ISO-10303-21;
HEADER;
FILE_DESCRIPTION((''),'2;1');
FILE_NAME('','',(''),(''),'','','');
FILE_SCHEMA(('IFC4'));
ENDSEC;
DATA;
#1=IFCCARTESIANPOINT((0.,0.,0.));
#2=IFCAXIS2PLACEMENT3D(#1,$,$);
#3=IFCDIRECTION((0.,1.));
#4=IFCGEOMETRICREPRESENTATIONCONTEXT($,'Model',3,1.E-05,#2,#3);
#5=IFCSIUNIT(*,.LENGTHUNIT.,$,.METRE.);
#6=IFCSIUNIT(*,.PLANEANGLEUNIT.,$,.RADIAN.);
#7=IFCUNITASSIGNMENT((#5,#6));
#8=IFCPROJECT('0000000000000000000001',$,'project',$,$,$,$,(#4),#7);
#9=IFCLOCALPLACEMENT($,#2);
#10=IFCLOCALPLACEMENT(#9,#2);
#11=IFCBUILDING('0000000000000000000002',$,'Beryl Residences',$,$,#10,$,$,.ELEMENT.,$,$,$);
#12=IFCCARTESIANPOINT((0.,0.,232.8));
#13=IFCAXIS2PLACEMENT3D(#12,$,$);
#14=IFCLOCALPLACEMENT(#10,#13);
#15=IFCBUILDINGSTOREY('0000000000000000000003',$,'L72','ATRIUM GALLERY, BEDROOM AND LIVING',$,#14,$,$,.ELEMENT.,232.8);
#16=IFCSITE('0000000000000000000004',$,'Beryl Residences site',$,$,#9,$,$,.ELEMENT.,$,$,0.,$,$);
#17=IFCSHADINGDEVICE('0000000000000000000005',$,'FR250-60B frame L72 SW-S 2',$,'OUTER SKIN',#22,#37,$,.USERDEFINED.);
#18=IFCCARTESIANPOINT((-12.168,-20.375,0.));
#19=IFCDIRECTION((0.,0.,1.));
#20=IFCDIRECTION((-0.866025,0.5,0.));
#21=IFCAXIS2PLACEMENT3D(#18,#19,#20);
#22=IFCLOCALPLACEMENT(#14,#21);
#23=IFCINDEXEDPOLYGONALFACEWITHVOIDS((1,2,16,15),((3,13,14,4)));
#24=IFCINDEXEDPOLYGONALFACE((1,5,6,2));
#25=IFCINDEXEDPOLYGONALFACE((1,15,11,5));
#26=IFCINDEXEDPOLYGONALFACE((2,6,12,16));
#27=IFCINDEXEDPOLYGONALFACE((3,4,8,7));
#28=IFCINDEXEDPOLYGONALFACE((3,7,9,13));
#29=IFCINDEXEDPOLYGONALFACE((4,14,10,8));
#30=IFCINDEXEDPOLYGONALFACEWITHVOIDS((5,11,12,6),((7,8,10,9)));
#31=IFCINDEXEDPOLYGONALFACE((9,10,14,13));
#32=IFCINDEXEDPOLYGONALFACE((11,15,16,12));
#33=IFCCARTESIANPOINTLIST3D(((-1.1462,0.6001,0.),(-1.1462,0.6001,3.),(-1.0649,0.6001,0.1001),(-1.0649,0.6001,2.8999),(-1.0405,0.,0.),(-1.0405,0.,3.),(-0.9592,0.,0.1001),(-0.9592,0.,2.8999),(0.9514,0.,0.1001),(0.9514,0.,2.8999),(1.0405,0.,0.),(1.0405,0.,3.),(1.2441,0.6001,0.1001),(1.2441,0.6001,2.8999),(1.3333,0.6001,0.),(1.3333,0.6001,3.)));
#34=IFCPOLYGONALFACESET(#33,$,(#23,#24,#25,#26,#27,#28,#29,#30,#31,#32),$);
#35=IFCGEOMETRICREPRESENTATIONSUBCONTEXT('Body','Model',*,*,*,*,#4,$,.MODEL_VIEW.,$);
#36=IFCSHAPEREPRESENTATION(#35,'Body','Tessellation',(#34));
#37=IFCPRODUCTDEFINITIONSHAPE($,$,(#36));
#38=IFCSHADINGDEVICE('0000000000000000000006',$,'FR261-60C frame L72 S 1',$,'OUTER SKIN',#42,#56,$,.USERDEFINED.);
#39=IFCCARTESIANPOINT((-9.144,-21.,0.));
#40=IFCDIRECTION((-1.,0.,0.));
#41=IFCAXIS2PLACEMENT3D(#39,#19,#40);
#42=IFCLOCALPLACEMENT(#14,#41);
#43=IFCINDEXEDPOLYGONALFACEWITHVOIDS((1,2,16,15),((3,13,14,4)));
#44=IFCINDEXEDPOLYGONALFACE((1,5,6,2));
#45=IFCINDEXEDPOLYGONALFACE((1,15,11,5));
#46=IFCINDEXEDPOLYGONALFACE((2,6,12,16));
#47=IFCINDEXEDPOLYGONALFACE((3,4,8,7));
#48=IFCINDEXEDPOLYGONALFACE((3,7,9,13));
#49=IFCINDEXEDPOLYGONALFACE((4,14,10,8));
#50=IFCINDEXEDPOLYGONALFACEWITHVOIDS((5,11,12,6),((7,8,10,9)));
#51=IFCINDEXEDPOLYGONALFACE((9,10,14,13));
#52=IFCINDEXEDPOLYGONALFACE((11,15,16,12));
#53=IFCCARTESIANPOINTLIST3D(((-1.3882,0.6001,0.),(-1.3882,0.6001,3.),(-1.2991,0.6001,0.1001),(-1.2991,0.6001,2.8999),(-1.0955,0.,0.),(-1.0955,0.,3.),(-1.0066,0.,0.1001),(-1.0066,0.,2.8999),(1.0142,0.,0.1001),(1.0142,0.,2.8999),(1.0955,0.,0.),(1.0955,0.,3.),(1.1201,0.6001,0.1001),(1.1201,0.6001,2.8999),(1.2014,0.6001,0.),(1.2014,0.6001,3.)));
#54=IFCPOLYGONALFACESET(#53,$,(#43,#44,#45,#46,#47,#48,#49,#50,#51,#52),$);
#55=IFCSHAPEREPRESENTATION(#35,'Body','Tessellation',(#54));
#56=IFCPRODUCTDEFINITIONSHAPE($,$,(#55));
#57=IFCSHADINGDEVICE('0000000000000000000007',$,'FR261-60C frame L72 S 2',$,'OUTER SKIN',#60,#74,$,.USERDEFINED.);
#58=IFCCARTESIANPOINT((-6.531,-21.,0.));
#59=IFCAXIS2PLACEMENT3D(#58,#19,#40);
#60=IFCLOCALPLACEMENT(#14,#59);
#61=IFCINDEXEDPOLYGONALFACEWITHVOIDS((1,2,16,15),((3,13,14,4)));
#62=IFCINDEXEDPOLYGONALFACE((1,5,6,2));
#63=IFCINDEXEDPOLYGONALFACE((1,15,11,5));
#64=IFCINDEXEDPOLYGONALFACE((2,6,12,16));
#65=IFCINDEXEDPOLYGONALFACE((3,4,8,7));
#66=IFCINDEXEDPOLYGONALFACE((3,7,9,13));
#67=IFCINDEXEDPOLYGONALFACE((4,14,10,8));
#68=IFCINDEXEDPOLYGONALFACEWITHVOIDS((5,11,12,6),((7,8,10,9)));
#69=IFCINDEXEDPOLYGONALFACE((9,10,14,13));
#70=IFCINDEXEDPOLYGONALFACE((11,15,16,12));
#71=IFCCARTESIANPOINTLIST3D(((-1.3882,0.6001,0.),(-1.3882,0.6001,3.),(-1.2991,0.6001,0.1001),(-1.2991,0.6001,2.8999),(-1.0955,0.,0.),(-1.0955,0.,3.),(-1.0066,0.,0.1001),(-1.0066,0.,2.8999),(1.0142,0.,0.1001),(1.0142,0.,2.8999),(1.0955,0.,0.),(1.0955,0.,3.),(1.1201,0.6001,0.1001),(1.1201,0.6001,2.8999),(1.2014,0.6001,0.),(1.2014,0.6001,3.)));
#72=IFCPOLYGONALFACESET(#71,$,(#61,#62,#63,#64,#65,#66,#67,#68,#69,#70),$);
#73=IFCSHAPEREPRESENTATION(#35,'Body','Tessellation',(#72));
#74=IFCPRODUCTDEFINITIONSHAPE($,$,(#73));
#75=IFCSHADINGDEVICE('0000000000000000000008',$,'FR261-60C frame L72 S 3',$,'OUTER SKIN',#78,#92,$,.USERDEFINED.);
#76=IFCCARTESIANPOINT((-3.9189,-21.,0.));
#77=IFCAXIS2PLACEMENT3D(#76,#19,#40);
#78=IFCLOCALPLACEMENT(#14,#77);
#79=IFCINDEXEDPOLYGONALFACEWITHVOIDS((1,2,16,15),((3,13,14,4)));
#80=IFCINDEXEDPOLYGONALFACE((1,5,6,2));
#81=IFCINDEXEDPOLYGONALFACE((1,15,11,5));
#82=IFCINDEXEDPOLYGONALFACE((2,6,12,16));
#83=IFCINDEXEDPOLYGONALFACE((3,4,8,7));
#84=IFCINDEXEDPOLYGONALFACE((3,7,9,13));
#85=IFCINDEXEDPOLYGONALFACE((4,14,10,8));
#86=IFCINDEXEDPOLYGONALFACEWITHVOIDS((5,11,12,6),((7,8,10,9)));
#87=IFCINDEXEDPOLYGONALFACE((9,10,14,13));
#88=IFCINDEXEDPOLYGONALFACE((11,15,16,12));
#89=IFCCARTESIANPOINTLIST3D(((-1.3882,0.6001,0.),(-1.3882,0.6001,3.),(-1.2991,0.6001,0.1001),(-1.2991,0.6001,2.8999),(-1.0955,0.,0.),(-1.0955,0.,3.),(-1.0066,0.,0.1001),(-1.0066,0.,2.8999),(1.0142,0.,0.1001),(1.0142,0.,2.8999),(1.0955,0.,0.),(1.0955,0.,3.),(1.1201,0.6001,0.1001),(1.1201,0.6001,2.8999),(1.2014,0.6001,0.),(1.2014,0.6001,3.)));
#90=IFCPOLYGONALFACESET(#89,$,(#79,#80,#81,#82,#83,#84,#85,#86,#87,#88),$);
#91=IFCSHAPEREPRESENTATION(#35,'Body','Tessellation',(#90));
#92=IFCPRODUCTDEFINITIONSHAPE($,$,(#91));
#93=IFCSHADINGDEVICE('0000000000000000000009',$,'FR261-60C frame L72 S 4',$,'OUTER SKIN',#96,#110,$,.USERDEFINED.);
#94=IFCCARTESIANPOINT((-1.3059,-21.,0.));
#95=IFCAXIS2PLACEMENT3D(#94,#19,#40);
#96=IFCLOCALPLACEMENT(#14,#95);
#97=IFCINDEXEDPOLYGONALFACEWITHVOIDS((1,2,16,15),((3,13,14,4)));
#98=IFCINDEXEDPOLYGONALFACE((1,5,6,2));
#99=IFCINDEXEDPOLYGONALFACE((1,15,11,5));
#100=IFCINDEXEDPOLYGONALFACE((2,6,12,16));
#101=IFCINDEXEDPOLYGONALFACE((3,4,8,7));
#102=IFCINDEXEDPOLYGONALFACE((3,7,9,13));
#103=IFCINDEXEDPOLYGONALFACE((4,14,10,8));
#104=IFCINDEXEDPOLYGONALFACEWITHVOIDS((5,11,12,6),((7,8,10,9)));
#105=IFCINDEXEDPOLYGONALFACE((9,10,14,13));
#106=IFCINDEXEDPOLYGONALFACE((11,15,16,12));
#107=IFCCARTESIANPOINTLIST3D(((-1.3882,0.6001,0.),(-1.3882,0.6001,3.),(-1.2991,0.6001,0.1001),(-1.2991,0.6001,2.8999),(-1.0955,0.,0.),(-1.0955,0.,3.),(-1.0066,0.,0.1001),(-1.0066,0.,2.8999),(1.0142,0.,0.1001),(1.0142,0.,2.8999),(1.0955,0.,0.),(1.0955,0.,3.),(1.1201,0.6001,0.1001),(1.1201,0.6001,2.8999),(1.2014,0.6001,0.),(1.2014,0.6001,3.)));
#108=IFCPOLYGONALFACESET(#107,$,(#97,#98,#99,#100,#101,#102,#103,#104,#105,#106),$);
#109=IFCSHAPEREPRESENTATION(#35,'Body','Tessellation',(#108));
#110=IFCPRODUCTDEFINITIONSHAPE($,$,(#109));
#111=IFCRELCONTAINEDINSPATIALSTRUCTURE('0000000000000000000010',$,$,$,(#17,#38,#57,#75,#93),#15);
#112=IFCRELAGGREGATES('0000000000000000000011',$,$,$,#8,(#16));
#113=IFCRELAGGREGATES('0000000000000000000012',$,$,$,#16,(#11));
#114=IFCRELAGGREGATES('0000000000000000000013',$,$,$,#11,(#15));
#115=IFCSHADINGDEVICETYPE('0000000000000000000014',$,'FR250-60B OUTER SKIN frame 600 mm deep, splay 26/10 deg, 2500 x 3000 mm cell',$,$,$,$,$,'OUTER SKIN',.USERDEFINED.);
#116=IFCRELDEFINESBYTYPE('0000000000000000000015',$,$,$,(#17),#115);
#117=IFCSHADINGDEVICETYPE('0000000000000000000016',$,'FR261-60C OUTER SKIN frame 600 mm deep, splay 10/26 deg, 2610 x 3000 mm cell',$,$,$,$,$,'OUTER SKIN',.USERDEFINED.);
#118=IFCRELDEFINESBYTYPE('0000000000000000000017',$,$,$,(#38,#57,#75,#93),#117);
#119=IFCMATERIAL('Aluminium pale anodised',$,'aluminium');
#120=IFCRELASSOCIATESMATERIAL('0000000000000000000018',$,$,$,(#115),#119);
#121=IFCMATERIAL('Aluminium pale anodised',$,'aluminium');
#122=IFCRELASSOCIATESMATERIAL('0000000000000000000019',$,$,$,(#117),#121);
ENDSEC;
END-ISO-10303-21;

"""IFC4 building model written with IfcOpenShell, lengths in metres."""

from ifc_helpers import new_model, entity, si_unit, direction, frame, origin, place, context, subcontext, project, spatial, source, transform, mapped, material, type_object, type_shapes, element, save


model = new_model("IFC4")

# Units and contexts
model_context = context("Model", 3, precision=1e-05, world=origin(), true_north=direction((0.0, 1.0)))
body_context = subcontext(model_context, "Body", "Model", "MODEL_VIEW")
ifc_project = project(units=[si_unit("LENGTHUNIT", "METRE"), si_unit("PLANEANGLEUNIT", "RADIAN")], contexts=[model_context])

# Site, building, storey
site_placement = place(None, origin())
site = spatial("IfcSite", under=ifc_project, at=site_placement, Name="Beryl Residences site", CompositionType="ELEMENT", RefElevation=0.0)
building_placement = place(site_placement, origin())
building = spatial("IfcBuilding", under=site, at=building_placement, Name="Beryl Residences", CompositionType="ELEMENT")
storey_placement = place(building_placement, frame((0.0, 0.0, 232.8)))
storey = spatial("IfcBuildingStorey", under=building, at=storey_placement, Name="L72", Description="ATRIUM GALLERY, BEDROOM AND LIVING", CompositionType="ELEMENT", Elevation=232.8)

# Shading devices
ifc_material_1 = material(Name="Aluminium pale anodised", Category="aluminium")
shading_device_type_1 = type_object("IfcShadingDeviceType", Name="FR250-60B OUTER SKIN frame 600 mm deep, splay 26/10 deg, 2500 x 3000 mm cell", ElementType="OUTER SKIN", PredefinedType="USERDEFINED", material=ifc_material_1)
cartesian_point_1 = entity("IfcCartesianPoint", [-1.0405, 0.0])
cartesian_point_2 = entity("IfcCartesianPoint", [-0.9514, 0.1001])
cartesian_point_3 = entity("IfcCartesianPoint", [-1.3333, 0.0])
cartesian_point_4 = entity("IfcCartesianPoint", [-1.2441, 0.1001])
shared_shape_1 = source(origin(), body_context, "Body", "SweptSolid", [
    entity("IfcExtrudedAreaSolidTapered", entity("IfcArbitraryProfileDefWithVoids", "AREA", None, entity("IfcPolyline", [cartesian_point_1, entity("IfcCartesianPoint", [1.0405, 0.0]), entity("IfcCartesianPoint", [1.0405, 3.0]), entity("IfcCartesianPoint", [-1.0405, 3.0]), cartesian_point_1]), [entity("IfcPolyline", [cartesian_point_2, entity("IfcCartesianPoint", [0.9592, 0.1001]), entity("IfcCartesianPoint", [0.9592, 2.8999]), entity("IfcCartesianPoint", [-0.9514, 2.8999]), cartesian_point_2])]), entity("IfcAxis2Placement3D", entity("IfcCartesianPoint", [0.0, 0.0, 0.0]), entity("IfcDirection", [0.0, 1.0, 0.0]), entity("IfcDirection", [-1.0, 0.0, 0.0])), entity("IfcDirection", [0.0, 0.0, 1.0]), 0.6001, entity("IfcArbitraryProfileDefWithVoids", "AREA", None, entity("IfcPolyline", [cartesian_point_3, entity("IfcCartesianPoint", [1.1462, 0.0]), entity("IfcCartesianPoint", [1.1462, 3.0]), entity("IfcCartesianPoint", [-1.3333, 3.0]), cartesian_point_3]), [entity("IfcPolyline", [cartesian_point_4, entity("IfcCartesianPoint", [1.0649, 0.1001]), entity("IfcCartesianPoint", [1.0649, 2.8999]), entity("IfcCartesianPoint", [-1.2441, 2.8999]), cartesian_point_4])])),
])
type_shapes(shading_device_type_1, [shared_shape_1])
shading_device_placement = place(storey_placement, frame((-12.168, -20.375, 0.0), z_axis=(0.0, 0.0, 1.0), x_axis=(-0.866025, 0.5, 0.0)))
element("IfcShadingDevice", 1, at=shading_device_placement, inside=storey, type_object=shading_device_type_1, Name="FR250-60B frame L72 SW-S 2", ObjectType="OUTER SKIN", PredefinedType="USERDEFINED", context=body_context, shape_type="MappedRepresentation", body=[
    mapped(shared_shape_1, transform((0.0, 0.0, 0.0))),
])
ifc_material_2 = material(Name="Aluminium pale anodised", Category="aluminium")
shading_device_type_2 = type_object("IfcShadingDeviceType", Name="FR261-60C OUTER SKIN frame 600 mm deep, splay 10/26 deg, 2610 x 3000 mm cell", ElementType="OUTER SKIN", PredefinedType="USERDEFINED", material=ifc_material_2)
cartesian_point_5 = entity("IfcCartesianPoint", [-1.0955, 0.0])
cartesian_point_6 = entity("IfcCartesianPoint", [-1.0142, 0.1001])
cartesian_point_7 = entity("IfcCartesianPoint", [-1.2014, 0.0])
cartesian_point_8 = entity("IfcCartesianPoint", [-1.1201, 0.1001])
shared_shape_2 = source(origin(), body_context, "Body", "SweptSolid", [
    entity("IfcExtrudedAreaSolidTapered", entity("IfcArbitraryProfileDefWithVoids", "AREA", None, entity("IfcPolyline", [cartesian_point_5, entity("IfcCartesianPoint", [1.0955, 0.0]), entity("IfcCartesianPoint", [1.0955, 3.0]), entity("IfcCartesianPoint", [-1.0955, 3.0]), cartesian_point_5]), [entity("IfcPolyline", [cartesian_point_6, entity("IfcCartesianPoint", [1.0066, 0.1001]), entity("IfcCartesianPoint", [1.0066, 2.8999]), entity("IfcCartesianPoint", [-1.0142, 2.8999]), cartesian_point_6])]), entity("IfcAxis2Placement3D", entity("IfcCartesianPoint", [0.0, 0.0, 0.0]), entity("IfcDirection", [0.0, 1.0, 0.0]), entity("IfcDirection", [-1.0, 0.0, 0.0])), entity("IfcDirection", [0.0, 0.0, 1.0]), 0.6001, entity("IfcArbitraryProfileDefWithVoids", "AREA", None, entity("IfcPolyline", [cartesian_point_7, entity("IfcCartesianPoint", [1.3882, 0.0]), entity("IfcCartesianPoint", [1.3882, 3.0]), entity("IfcCartesianPoint", [-1.2014, 3.0]), cartesian_point_7]), [entity("IfcPolyline", [cartesian_point_8, entity("IfcCartesianPoint", [1.2991, 0.1001]), entity("IfcCartesianPoint", [1.2991, 2.8999]), entity("IfcCartesianPoint", [-1.1201, 2.8999]), cartesian_point_8])])),
])
type_shapes(shading_device_type_2, [shared_shape_2])
for number, where, z_axis, x_axis, name in (
    (2, (-9.144, -21.0, 0.0), (0.0, 0.0, 1.0), (-1.0, 0.0, 0.0), "FR261-60C frame L72 S 1"),
    (3, (-6.531, -21.0, 0.0), (0.0, 0.0, 1.0), (-1.0, 0.0, 0.0), "FR261-60C frame L72 S 2"),
    (4, (-3.9189, -21.0, 0.0), (0.0, 0.0, 1.0), (-1.0, 0.0, 0.0), "FR261-60C frame L72 S 3"),
    (5, (-1.3059, -21.0, 0.0), (0.0, 0.0, 1.0), (-1.0, 0.0, 0.0), "FR261-60C frame L72 S 4"),
):
    element("IfcShadingDevice", number, at=place(storey_placement, frame(where, z_axis=z_axis, x_axis=x_axis)), inside=storey, type_object=shading_device_type_2, Name=name, ObjectType="OUTER SKIN", PredefinedType="USERDEFINED", context=body_context, shape_type="MappedRepresentation", body=[
        mapped(shared_shape_2, transform((0.0, 0.0, 0.0))),
    ])

save(model, "model.ifc")
